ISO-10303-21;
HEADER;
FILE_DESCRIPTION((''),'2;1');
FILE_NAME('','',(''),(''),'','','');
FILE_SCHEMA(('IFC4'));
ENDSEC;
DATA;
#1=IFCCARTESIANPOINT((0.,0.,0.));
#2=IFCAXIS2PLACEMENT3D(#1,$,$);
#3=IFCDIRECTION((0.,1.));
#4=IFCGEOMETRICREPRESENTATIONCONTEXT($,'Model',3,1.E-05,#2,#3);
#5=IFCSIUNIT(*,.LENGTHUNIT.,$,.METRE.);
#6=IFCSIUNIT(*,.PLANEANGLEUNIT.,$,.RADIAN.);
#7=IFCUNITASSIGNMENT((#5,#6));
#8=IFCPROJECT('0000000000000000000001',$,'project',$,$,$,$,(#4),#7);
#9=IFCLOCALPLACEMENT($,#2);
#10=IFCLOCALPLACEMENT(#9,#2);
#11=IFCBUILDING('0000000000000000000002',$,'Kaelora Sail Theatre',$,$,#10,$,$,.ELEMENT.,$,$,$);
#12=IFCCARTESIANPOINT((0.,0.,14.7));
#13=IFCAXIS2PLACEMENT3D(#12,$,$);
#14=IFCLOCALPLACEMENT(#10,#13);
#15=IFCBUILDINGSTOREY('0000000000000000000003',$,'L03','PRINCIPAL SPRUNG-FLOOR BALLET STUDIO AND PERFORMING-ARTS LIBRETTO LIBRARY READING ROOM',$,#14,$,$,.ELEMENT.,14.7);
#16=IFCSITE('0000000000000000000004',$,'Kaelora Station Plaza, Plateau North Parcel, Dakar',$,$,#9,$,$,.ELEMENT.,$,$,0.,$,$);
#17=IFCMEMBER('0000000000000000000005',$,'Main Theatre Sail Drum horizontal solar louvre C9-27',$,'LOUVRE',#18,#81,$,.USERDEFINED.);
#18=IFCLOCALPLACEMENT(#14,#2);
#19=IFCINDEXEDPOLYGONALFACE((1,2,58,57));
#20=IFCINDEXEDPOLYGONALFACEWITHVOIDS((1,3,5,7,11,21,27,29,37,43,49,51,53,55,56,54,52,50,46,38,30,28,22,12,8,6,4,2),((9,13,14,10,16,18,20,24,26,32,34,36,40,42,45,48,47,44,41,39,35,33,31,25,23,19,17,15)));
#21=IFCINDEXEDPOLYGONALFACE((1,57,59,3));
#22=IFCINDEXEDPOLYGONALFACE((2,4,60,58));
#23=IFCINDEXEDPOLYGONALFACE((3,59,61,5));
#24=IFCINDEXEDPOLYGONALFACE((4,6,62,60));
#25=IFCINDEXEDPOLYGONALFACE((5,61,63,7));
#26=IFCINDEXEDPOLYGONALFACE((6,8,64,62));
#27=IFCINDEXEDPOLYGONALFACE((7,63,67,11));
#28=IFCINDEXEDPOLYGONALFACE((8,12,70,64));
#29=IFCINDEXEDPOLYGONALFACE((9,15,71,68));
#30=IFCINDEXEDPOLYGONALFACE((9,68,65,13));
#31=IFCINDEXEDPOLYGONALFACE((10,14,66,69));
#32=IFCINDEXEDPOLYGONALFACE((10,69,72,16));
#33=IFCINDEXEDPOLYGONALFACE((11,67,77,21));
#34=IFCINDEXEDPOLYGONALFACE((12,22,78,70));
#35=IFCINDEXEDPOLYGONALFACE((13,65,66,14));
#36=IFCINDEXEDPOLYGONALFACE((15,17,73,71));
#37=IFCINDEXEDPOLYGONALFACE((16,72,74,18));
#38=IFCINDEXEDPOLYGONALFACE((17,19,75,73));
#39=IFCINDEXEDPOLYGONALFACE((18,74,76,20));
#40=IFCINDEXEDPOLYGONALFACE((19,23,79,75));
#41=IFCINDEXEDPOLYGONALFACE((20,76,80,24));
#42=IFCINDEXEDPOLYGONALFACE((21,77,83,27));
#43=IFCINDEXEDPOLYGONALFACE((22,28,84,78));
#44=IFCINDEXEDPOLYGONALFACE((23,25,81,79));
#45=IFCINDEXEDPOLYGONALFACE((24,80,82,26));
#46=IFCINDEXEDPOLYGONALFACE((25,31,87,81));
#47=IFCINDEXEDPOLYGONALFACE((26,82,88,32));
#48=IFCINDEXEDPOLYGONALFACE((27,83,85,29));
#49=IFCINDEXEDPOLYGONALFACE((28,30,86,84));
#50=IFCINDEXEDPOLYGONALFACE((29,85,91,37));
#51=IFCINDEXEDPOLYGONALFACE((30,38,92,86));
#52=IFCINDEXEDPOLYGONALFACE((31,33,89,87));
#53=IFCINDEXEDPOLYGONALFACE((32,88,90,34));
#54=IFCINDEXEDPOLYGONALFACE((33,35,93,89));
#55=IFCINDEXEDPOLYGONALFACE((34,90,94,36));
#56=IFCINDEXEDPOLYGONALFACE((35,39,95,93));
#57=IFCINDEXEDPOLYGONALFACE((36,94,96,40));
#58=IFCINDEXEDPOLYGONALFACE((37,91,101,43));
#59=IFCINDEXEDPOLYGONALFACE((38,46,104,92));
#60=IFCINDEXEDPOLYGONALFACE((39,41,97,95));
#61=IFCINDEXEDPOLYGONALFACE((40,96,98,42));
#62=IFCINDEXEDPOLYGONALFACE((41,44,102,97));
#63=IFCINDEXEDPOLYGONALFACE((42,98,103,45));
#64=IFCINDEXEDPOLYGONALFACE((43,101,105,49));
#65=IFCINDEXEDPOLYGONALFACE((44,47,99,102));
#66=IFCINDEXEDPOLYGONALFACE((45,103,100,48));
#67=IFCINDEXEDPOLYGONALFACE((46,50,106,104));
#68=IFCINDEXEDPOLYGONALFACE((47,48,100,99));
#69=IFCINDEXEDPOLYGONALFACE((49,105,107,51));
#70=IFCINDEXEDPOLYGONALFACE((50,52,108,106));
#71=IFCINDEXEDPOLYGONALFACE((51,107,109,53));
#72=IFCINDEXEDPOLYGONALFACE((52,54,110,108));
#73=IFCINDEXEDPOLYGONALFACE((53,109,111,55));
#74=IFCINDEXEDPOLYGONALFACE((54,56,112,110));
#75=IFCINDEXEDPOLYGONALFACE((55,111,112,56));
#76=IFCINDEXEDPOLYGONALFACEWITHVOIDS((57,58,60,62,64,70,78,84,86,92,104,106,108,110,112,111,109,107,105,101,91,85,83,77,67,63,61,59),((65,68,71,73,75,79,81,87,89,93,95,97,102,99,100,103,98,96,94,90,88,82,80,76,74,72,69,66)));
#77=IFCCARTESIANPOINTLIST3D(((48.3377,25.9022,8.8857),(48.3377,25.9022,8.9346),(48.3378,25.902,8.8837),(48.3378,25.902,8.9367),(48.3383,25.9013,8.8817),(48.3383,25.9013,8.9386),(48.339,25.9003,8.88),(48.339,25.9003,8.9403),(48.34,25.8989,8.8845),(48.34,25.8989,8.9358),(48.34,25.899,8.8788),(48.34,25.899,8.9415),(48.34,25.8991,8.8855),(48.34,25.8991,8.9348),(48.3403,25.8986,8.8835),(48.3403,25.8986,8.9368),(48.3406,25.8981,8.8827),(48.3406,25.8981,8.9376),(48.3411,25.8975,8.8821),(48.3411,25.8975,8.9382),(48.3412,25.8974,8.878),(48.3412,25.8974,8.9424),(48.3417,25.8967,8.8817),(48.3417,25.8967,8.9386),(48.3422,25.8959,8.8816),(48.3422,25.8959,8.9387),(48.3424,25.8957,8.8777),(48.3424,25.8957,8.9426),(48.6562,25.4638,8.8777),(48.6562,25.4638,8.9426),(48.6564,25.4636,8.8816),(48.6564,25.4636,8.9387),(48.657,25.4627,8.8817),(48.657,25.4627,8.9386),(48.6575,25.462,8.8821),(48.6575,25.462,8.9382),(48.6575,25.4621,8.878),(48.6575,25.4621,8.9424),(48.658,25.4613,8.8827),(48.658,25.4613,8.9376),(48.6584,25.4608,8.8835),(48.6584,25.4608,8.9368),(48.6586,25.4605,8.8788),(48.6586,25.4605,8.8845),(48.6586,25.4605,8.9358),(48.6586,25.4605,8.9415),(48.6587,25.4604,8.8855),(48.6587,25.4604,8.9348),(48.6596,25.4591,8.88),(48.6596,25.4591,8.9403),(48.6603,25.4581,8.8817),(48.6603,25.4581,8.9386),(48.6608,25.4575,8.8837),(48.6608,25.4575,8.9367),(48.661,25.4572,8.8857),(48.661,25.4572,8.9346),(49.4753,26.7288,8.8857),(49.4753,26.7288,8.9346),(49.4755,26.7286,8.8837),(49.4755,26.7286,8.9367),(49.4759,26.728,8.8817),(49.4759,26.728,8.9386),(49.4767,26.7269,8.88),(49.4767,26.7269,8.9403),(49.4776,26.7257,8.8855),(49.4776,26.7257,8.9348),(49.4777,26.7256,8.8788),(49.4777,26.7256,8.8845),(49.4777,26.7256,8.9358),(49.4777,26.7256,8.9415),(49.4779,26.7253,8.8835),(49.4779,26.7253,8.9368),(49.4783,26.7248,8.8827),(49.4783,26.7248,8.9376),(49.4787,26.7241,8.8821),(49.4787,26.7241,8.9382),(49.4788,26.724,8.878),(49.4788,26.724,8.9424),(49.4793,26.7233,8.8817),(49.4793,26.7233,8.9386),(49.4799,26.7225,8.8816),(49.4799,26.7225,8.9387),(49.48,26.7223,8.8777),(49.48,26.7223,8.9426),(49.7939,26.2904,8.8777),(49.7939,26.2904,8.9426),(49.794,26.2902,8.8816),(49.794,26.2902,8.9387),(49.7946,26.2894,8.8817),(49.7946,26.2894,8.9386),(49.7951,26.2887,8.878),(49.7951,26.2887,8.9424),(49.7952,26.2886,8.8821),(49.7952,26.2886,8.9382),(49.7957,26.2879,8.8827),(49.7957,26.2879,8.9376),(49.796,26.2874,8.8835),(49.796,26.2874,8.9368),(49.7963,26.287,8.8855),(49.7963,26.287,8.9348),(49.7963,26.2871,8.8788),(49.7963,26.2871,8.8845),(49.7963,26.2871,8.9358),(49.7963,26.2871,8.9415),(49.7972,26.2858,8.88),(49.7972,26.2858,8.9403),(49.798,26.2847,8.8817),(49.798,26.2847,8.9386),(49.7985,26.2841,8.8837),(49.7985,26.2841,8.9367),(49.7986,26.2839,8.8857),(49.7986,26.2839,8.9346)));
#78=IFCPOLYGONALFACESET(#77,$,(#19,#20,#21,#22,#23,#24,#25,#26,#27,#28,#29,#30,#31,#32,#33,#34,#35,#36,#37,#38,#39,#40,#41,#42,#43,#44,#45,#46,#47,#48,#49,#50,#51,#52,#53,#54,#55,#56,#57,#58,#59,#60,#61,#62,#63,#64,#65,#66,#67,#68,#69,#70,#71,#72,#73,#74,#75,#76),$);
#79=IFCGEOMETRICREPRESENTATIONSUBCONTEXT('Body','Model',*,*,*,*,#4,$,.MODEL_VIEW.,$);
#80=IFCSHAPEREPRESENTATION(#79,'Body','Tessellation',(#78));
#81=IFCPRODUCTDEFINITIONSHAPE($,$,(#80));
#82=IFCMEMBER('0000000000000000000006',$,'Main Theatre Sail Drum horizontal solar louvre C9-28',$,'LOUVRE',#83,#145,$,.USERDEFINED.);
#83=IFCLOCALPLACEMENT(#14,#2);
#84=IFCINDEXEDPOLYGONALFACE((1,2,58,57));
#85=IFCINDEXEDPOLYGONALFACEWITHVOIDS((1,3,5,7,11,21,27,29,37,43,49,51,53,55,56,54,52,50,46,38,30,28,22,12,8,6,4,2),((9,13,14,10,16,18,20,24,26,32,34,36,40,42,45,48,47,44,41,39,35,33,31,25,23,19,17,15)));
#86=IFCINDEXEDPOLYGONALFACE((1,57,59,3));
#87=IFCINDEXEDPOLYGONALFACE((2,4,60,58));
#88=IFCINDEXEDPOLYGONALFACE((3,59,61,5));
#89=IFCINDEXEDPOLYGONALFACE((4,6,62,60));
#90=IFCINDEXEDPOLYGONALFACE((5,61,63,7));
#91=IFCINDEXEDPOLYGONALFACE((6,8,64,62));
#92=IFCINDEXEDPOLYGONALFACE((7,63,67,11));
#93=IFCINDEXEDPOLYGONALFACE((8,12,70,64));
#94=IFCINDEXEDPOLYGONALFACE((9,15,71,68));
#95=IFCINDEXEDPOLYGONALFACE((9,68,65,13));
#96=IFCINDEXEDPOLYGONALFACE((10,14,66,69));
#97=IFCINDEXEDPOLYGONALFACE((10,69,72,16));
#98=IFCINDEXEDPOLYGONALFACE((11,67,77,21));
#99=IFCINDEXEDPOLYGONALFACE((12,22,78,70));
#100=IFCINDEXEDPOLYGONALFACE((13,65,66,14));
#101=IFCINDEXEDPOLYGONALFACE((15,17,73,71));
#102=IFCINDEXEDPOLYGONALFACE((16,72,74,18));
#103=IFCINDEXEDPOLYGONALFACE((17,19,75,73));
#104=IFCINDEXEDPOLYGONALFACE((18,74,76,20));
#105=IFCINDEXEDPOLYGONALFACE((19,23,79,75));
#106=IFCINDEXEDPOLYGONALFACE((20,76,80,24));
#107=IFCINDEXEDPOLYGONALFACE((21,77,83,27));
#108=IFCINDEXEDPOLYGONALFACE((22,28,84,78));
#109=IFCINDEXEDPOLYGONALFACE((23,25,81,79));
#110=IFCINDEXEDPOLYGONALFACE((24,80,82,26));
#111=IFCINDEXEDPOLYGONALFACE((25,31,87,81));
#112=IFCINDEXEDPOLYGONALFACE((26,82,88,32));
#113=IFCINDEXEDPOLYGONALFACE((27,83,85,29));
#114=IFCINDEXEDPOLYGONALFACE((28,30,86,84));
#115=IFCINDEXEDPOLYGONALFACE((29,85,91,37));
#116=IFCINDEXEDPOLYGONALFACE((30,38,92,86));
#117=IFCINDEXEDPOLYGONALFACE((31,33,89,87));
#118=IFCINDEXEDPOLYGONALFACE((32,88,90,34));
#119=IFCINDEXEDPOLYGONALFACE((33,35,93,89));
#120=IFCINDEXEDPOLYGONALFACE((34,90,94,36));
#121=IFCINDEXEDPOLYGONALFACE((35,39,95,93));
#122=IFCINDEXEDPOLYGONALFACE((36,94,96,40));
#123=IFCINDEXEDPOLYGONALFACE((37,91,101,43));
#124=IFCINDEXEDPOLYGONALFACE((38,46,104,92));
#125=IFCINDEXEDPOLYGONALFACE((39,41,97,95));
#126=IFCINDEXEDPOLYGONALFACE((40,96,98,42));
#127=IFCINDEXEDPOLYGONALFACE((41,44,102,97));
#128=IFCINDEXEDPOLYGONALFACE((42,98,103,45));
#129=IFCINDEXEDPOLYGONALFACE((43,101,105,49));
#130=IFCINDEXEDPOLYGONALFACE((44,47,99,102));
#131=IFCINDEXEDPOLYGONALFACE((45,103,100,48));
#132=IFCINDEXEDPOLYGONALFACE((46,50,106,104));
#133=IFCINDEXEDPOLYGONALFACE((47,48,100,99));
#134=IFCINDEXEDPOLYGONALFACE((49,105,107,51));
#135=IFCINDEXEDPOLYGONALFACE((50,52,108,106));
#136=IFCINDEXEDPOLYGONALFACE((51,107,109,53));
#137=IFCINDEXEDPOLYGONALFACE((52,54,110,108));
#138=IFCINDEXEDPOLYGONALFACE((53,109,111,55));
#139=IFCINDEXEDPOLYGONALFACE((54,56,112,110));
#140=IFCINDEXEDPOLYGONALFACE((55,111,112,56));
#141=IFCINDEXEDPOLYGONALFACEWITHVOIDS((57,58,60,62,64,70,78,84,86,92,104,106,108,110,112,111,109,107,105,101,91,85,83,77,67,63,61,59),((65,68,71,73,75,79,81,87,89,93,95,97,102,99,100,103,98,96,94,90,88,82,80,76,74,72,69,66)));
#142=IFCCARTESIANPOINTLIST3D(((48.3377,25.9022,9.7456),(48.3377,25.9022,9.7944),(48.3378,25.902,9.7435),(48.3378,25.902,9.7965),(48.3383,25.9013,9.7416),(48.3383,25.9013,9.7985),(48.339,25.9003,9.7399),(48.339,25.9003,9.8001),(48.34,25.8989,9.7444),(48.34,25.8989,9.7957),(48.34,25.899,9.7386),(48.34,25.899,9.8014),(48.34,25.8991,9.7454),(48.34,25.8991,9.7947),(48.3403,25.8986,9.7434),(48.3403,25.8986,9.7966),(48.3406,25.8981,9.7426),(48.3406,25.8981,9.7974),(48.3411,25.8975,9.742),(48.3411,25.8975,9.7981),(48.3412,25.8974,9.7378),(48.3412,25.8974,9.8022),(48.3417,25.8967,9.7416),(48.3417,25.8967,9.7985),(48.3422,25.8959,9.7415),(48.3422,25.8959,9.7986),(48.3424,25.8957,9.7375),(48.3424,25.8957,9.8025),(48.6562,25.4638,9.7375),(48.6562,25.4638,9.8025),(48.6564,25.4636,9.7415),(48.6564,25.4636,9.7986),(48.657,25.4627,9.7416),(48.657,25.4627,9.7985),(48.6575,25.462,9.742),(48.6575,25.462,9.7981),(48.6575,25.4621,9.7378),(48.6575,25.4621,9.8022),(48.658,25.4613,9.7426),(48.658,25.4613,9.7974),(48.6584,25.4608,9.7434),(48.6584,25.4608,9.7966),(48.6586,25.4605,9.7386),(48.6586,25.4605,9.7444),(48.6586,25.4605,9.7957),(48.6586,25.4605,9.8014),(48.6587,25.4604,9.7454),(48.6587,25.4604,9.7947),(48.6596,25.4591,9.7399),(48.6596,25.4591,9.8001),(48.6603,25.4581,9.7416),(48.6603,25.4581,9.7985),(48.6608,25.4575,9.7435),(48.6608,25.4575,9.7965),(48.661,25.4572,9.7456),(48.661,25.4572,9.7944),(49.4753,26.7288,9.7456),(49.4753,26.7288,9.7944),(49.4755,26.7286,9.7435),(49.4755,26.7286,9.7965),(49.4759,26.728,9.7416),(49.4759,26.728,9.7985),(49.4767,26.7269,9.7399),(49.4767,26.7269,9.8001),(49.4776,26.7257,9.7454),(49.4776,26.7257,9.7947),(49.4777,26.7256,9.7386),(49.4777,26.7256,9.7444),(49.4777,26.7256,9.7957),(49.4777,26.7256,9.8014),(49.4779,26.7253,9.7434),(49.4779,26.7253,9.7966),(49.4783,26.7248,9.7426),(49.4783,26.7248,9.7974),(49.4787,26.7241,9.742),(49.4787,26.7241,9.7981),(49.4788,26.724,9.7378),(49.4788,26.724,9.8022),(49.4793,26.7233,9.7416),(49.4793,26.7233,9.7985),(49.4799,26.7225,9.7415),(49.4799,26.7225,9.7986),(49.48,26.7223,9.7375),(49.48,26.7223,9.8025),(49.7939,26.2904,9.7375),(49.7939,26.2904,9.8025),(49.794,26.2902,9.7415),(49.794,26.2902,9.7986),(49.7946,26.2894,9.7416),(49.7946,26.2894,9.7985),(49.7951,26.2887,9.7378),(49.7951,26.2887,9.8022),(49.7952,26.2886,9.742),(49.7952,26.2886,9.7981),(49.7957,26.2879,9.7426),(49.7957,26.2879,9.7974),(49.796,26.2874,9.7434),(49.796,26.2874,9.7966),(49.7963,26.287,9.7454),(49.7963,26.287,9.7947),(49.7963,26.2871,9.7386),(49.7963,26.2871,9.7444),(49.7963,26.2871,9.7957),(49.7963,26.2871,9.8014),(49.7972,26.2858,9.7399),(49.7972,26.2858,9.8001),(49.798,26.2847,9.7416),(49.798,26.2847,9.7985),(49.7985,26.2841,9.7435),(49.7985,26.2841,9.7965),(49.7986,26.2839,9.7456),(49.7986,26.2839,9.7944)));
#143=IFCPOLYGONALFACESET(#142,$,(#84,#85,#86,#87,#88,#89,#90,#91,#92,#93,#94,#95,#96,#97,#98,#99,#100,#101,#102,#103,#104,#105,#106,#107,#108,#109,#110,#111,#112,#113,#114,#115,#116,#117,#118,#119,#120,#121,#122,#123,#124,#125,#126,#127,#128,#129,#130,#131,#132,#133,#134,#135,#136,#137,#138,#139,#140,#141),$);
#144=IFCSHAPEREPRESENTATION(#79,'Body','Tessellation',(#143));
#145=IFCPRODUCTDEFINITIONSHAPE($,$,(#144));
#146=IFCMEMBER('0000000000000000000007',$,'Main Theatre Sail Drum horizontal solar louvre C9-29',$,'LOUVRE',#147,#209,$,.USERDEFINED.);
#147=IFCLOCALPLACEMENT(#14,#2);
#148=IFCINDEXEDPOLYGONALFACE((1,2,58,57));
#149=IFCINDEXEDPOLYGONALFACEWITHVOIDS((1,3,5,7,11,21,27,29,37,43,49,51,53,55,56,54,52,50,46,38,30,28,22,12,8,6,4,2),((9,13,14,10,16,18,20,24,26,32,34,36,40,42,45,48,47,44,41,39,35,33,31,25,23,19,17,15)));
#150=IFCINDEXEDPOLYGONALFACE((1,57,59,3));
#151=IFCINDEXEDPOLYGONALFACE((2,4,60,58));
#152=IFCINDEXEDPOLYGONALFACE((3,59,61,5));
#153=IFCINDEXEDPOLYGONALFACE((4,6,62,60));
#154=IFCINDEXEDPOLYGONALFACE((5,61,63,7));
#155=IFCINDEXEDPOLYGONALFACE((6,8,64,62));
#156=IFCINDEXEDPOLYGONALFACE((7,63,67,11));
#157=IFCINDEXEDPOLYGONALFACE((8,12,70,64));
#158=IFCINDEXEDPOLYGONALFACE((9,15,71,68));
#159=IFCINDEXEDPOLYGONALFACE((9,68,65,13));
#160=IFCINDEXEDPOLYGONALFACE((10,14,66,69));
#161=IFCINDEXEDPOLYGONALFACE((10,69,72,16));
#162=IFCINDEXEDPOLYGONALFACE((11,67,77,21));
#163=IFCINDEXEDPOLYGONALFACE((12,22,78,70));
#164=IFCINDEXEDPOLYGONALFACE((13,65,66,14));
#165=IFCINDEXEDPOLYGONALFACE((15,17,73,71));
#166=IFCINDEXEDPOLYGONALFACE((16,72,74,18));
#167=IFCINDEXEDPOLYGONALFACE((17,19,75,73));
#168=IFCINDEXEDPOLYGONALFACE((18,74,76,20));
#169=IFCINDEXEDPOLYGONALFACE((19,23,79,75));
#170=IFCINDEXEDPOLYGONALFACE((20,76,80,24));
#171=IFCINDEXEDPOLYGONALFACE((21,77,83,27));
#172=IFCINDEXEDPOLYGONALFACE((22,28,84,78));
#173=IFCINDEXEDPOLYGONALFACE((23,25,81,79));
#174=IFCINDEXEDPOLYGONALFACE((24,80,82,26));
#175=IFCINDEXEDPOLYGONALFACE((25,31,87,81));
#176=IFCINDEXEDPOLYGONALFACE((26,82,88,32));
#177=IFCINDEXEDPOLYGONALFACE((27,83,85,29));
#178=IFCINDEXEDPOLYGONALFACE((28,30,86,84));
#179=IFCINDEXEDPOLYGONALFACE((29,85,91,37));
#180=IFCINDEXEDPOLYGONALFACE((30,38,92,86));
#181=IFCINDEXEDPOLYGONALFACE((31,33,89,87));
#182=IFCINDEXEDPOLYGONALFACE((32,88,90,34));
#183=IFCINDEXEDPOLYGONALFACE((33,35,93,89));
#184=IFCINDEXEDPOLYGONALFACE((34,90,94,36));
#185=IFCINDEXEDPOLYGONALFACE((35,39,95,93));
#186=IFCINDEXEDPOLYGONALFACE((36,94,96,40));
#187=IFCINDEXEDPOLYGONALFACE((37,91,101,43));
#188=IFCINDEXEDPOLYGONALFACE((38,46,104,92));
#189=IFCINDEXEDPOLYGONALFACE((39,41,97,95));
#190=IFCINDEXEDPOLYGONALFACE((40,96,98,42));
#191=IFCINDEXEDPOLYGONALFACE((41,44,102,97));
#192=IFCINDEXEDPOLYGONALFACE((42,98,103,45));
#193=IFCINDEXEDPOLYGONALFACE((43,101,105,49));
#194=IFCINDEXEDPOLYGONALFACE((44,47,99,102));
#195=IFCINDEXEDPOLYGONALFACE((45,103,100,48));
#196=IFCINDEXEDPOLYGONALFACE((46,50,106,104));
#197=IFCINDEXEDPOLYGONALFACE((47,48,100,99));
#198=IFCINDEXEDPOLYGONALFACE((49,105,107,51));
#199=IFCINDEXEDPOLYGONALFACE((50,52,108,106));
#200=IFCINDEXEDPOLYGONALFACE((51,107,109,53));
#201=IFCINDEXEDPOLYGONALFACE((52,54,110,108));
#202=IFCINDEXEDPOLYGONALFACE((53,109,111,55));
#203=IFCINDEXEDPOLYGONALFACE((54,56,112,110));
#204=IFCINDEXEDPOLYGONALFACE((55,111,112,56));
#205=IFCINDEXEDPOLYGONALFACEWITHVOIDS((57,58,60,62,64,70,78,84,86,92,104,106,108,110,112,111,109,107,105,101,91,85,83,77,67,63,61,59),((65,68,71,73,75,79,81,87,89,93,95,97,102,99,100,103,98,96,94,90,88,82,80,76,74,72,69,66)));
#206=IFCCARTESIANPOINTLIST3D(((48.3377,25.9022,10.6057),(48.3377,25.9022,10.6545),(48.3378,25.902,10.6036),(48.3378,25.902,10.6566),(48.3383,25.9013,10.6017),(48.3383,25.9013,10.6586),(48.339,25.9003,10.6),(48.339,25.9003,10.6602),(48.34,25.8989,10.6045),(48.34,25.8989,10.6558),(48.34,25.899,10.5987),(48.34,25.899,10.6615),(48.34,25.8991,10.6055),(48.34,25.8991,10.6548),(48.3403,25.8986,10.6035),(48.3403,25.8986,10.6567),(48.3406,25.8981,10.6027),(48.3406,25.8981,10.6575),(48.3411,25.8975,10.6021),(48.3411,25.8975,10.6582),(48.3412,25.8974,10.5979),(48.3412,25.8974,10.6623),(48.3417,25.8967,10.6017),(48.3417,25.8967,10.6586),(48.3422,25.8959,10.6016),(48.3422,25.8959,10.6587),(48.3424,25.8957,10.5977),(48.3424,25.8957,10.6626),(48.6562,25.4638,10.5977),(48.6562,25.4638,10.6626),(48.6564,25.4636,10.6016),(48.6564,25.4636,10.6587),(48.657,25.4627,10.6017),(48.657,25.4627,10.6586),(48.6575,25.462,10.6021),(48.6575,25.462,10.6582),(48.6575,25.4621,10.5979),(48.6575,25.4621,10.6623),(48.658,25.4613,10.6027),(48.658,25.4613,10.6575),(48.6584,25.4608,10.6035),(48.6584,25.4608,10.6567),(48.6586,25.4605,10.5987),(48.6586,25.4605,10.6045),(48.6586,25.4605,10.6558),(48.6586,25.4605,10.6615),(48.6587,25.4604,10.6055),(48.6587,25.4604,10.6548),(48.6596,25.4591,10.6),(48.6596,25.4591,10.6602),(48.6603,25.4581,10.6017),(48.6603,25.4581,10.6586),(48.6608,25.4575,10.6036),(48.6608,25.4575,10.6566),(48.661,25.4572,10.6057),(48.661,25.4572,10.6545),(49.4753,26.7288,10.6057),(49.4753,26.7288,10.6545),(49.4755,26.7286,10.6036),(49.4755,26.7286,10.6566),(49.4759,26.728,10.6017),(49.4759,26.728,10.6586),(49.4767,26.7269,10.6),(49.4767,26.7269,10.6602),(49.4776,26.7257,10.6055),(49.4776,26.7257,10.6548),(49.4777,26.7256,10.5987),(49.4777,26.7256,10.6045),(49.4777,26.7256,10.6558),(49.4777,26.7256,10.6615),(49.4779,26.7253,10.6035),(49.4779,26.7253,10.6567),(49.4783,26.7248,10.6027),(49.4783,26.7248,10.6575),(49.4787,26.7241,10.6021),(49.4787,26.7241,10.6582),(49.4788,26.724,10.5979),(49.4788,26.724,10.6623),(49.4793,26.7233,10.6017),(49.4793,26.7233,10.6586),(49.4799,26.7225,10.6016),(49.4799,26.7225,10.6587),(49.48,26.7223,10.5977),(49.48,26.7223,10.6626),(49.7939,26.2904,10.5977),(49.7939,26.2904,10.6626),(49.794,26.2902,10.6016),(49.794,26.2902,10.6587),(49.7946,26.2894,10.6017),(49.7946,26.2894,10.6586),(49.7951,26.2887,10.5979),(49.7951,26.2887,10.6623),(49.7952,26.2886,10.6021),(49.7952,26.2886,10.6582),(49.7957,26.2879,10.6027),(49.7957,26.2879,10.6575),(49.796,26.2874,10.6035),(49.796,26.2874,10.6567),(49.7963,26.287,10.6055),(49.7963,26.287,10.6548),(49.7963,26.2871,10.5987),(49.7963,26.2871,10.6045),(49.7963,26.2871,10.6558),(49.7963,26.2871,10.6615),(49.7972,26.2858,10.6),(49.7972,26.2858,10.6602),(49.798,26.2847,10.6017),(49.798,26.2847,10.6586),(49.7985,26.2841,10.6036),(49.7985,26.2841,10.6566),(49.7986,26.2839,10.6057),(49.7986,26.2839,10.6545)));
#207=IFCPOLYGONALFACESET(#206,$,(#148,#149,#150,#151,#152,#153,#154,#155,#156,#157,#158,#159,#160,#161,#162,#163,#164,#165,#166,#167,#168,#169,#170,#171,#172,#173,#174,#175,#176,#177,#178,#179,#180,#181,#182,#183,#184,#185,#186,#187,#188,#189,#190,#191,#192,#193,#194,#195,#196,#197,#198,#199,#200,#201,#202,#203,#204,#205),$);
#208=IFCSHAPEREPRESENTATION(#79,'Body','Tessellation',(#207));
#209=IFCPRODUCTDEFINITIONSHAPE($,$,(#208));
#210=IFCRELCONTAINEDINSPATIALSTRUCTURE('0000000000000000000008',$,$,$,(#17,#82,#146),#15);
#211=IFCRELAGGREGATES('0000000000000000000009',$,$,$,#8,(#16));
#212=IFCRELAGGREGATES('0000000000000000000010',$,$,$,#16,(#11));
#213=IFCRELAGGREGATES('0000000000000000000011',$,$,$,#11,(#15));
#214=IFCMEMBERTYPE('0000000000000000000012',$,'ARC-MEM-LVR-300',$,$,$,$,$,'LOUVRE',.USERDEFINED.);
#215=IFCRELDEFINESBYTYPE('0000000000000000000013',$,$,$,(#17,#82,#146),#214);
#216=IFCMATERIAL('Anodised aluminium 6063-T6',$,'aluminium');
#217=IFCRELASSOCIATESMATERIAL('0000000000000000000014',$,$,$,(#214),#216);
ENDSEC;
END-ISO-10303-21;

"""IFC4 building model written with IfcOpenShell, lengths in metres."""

from ifc_helpers import new_model, si_unit, direction, frame, origin, origin_2d, place, context, subcontext, project, spatial, hollow_rectangle, extrude, material, material_profile, profile_set, type_object, element, save


model = new_model("IFC4")

# Units and contexts
model_context = context("Model", 3, precision=1e-05, world=origin(), true_north=direction((0.0, 1.0)))
body_context = subcontext(model_context, "Body", "Model", "MODEL_VIEW")
ifc_project = project(units=[si_unit("LENGTHUNIT", "METRE"), si_unit("PLANEANGLEUNIT", "RADIAN")], contexts=[model_context])

# Site, building, storey
site_placement = place(None, origin())
site = spatial("IfcSite", under=ifc_project, at=site_placement, Name="Kaelora Station Plaza, Plateau North Parcel, Dakar", CompositionType="ELEMENT", RefElevation=0.0)
building_placement = place(site_placement, origin())
building = spatial("IfcBuilding", under=site, at=building_placement, Name="Kaelora Sail Theatre", CompositionType="ELEMENT")
storey_placement = place(building_placement, frame((0.0, 0.0, 14.7)))
storey = spatial("IfcBuildingStorey", under=building, at=storey_placement, Name="L03", Description="PRINCIPAL SPRUNG-FLOOR BALLET STUDIO AND PERFORMING-ARTS LIBRETTO LIBRARY READING ROOM", CompositionType="ELEMENT", Elevation=14.7)

# Members
ifc_material = material(Name="Anodised aluminium 6063-T6", Category="aluminium")
ifc_material_profile = material_profile(ifc_material, hollow_rectangle(XDim=0.55, YDim=0.0649, WallThickness=0.0039, InnerFilletRadius=0.0039, OuterFilletRadius=0.0081, at=origin_2d()), Name="LOUVRE 550x65x4")
ifc_profile_set = profile_set([ifc_material_profile], Name="Anodised aluminium 6063-T6")
member_type = type_object("IfcMemberType", Name="ARC-MEM-LVR-300", ElementType="LOUVRE", PredefinedType="USERDEFINED", material=ifc_profile_set)
for number, where, z_axis, x_axis, name in (
    (1, (49.637, 26.5063, 8.9102), (-0.808991, -0.587821, 0.0), (0.587821, -0.808991, 0.0), "Main Theatre Sail Drum horizontal solar louvre C9-27"),
    (2, (49.637, 26.5063, 9.77), (-0.808991, -0.587821, 0.0), (0.587821, -0.808991, 0.0), "Main Theatre Sail Drum horizontal solar louvre C9-28"),
    (3, (49.637, 26.5063, 10.6301), (-0.808991, -0.587821, 0.0), (0.587821, -0.808991, 0.0), "Main Theatre Sail Drum horizontal solar louvre C9-29"),
):
    element("IfcMember", number, at=place(storey_placement, frame(where, z_axis=z_axis, x_axis=x_axis)), inside=storey, type_object=member_type, Name=name, ObjectType="LOUVRE", PredefinedType="USERDEFINED", context=body_context, shape_type="SweptSolid", body=[
        extrude(hollow_rectangle(XDim=0.55, YDim=0.0649, WallThickness=0.0039, InnerFilletRadius=0.0039, OuterFilletRadius=0.0081, at=origin_2d()), origin(), (0.0, 0.0, 1.0), 1.4062),
    ])

save(model, "model.ifc")
